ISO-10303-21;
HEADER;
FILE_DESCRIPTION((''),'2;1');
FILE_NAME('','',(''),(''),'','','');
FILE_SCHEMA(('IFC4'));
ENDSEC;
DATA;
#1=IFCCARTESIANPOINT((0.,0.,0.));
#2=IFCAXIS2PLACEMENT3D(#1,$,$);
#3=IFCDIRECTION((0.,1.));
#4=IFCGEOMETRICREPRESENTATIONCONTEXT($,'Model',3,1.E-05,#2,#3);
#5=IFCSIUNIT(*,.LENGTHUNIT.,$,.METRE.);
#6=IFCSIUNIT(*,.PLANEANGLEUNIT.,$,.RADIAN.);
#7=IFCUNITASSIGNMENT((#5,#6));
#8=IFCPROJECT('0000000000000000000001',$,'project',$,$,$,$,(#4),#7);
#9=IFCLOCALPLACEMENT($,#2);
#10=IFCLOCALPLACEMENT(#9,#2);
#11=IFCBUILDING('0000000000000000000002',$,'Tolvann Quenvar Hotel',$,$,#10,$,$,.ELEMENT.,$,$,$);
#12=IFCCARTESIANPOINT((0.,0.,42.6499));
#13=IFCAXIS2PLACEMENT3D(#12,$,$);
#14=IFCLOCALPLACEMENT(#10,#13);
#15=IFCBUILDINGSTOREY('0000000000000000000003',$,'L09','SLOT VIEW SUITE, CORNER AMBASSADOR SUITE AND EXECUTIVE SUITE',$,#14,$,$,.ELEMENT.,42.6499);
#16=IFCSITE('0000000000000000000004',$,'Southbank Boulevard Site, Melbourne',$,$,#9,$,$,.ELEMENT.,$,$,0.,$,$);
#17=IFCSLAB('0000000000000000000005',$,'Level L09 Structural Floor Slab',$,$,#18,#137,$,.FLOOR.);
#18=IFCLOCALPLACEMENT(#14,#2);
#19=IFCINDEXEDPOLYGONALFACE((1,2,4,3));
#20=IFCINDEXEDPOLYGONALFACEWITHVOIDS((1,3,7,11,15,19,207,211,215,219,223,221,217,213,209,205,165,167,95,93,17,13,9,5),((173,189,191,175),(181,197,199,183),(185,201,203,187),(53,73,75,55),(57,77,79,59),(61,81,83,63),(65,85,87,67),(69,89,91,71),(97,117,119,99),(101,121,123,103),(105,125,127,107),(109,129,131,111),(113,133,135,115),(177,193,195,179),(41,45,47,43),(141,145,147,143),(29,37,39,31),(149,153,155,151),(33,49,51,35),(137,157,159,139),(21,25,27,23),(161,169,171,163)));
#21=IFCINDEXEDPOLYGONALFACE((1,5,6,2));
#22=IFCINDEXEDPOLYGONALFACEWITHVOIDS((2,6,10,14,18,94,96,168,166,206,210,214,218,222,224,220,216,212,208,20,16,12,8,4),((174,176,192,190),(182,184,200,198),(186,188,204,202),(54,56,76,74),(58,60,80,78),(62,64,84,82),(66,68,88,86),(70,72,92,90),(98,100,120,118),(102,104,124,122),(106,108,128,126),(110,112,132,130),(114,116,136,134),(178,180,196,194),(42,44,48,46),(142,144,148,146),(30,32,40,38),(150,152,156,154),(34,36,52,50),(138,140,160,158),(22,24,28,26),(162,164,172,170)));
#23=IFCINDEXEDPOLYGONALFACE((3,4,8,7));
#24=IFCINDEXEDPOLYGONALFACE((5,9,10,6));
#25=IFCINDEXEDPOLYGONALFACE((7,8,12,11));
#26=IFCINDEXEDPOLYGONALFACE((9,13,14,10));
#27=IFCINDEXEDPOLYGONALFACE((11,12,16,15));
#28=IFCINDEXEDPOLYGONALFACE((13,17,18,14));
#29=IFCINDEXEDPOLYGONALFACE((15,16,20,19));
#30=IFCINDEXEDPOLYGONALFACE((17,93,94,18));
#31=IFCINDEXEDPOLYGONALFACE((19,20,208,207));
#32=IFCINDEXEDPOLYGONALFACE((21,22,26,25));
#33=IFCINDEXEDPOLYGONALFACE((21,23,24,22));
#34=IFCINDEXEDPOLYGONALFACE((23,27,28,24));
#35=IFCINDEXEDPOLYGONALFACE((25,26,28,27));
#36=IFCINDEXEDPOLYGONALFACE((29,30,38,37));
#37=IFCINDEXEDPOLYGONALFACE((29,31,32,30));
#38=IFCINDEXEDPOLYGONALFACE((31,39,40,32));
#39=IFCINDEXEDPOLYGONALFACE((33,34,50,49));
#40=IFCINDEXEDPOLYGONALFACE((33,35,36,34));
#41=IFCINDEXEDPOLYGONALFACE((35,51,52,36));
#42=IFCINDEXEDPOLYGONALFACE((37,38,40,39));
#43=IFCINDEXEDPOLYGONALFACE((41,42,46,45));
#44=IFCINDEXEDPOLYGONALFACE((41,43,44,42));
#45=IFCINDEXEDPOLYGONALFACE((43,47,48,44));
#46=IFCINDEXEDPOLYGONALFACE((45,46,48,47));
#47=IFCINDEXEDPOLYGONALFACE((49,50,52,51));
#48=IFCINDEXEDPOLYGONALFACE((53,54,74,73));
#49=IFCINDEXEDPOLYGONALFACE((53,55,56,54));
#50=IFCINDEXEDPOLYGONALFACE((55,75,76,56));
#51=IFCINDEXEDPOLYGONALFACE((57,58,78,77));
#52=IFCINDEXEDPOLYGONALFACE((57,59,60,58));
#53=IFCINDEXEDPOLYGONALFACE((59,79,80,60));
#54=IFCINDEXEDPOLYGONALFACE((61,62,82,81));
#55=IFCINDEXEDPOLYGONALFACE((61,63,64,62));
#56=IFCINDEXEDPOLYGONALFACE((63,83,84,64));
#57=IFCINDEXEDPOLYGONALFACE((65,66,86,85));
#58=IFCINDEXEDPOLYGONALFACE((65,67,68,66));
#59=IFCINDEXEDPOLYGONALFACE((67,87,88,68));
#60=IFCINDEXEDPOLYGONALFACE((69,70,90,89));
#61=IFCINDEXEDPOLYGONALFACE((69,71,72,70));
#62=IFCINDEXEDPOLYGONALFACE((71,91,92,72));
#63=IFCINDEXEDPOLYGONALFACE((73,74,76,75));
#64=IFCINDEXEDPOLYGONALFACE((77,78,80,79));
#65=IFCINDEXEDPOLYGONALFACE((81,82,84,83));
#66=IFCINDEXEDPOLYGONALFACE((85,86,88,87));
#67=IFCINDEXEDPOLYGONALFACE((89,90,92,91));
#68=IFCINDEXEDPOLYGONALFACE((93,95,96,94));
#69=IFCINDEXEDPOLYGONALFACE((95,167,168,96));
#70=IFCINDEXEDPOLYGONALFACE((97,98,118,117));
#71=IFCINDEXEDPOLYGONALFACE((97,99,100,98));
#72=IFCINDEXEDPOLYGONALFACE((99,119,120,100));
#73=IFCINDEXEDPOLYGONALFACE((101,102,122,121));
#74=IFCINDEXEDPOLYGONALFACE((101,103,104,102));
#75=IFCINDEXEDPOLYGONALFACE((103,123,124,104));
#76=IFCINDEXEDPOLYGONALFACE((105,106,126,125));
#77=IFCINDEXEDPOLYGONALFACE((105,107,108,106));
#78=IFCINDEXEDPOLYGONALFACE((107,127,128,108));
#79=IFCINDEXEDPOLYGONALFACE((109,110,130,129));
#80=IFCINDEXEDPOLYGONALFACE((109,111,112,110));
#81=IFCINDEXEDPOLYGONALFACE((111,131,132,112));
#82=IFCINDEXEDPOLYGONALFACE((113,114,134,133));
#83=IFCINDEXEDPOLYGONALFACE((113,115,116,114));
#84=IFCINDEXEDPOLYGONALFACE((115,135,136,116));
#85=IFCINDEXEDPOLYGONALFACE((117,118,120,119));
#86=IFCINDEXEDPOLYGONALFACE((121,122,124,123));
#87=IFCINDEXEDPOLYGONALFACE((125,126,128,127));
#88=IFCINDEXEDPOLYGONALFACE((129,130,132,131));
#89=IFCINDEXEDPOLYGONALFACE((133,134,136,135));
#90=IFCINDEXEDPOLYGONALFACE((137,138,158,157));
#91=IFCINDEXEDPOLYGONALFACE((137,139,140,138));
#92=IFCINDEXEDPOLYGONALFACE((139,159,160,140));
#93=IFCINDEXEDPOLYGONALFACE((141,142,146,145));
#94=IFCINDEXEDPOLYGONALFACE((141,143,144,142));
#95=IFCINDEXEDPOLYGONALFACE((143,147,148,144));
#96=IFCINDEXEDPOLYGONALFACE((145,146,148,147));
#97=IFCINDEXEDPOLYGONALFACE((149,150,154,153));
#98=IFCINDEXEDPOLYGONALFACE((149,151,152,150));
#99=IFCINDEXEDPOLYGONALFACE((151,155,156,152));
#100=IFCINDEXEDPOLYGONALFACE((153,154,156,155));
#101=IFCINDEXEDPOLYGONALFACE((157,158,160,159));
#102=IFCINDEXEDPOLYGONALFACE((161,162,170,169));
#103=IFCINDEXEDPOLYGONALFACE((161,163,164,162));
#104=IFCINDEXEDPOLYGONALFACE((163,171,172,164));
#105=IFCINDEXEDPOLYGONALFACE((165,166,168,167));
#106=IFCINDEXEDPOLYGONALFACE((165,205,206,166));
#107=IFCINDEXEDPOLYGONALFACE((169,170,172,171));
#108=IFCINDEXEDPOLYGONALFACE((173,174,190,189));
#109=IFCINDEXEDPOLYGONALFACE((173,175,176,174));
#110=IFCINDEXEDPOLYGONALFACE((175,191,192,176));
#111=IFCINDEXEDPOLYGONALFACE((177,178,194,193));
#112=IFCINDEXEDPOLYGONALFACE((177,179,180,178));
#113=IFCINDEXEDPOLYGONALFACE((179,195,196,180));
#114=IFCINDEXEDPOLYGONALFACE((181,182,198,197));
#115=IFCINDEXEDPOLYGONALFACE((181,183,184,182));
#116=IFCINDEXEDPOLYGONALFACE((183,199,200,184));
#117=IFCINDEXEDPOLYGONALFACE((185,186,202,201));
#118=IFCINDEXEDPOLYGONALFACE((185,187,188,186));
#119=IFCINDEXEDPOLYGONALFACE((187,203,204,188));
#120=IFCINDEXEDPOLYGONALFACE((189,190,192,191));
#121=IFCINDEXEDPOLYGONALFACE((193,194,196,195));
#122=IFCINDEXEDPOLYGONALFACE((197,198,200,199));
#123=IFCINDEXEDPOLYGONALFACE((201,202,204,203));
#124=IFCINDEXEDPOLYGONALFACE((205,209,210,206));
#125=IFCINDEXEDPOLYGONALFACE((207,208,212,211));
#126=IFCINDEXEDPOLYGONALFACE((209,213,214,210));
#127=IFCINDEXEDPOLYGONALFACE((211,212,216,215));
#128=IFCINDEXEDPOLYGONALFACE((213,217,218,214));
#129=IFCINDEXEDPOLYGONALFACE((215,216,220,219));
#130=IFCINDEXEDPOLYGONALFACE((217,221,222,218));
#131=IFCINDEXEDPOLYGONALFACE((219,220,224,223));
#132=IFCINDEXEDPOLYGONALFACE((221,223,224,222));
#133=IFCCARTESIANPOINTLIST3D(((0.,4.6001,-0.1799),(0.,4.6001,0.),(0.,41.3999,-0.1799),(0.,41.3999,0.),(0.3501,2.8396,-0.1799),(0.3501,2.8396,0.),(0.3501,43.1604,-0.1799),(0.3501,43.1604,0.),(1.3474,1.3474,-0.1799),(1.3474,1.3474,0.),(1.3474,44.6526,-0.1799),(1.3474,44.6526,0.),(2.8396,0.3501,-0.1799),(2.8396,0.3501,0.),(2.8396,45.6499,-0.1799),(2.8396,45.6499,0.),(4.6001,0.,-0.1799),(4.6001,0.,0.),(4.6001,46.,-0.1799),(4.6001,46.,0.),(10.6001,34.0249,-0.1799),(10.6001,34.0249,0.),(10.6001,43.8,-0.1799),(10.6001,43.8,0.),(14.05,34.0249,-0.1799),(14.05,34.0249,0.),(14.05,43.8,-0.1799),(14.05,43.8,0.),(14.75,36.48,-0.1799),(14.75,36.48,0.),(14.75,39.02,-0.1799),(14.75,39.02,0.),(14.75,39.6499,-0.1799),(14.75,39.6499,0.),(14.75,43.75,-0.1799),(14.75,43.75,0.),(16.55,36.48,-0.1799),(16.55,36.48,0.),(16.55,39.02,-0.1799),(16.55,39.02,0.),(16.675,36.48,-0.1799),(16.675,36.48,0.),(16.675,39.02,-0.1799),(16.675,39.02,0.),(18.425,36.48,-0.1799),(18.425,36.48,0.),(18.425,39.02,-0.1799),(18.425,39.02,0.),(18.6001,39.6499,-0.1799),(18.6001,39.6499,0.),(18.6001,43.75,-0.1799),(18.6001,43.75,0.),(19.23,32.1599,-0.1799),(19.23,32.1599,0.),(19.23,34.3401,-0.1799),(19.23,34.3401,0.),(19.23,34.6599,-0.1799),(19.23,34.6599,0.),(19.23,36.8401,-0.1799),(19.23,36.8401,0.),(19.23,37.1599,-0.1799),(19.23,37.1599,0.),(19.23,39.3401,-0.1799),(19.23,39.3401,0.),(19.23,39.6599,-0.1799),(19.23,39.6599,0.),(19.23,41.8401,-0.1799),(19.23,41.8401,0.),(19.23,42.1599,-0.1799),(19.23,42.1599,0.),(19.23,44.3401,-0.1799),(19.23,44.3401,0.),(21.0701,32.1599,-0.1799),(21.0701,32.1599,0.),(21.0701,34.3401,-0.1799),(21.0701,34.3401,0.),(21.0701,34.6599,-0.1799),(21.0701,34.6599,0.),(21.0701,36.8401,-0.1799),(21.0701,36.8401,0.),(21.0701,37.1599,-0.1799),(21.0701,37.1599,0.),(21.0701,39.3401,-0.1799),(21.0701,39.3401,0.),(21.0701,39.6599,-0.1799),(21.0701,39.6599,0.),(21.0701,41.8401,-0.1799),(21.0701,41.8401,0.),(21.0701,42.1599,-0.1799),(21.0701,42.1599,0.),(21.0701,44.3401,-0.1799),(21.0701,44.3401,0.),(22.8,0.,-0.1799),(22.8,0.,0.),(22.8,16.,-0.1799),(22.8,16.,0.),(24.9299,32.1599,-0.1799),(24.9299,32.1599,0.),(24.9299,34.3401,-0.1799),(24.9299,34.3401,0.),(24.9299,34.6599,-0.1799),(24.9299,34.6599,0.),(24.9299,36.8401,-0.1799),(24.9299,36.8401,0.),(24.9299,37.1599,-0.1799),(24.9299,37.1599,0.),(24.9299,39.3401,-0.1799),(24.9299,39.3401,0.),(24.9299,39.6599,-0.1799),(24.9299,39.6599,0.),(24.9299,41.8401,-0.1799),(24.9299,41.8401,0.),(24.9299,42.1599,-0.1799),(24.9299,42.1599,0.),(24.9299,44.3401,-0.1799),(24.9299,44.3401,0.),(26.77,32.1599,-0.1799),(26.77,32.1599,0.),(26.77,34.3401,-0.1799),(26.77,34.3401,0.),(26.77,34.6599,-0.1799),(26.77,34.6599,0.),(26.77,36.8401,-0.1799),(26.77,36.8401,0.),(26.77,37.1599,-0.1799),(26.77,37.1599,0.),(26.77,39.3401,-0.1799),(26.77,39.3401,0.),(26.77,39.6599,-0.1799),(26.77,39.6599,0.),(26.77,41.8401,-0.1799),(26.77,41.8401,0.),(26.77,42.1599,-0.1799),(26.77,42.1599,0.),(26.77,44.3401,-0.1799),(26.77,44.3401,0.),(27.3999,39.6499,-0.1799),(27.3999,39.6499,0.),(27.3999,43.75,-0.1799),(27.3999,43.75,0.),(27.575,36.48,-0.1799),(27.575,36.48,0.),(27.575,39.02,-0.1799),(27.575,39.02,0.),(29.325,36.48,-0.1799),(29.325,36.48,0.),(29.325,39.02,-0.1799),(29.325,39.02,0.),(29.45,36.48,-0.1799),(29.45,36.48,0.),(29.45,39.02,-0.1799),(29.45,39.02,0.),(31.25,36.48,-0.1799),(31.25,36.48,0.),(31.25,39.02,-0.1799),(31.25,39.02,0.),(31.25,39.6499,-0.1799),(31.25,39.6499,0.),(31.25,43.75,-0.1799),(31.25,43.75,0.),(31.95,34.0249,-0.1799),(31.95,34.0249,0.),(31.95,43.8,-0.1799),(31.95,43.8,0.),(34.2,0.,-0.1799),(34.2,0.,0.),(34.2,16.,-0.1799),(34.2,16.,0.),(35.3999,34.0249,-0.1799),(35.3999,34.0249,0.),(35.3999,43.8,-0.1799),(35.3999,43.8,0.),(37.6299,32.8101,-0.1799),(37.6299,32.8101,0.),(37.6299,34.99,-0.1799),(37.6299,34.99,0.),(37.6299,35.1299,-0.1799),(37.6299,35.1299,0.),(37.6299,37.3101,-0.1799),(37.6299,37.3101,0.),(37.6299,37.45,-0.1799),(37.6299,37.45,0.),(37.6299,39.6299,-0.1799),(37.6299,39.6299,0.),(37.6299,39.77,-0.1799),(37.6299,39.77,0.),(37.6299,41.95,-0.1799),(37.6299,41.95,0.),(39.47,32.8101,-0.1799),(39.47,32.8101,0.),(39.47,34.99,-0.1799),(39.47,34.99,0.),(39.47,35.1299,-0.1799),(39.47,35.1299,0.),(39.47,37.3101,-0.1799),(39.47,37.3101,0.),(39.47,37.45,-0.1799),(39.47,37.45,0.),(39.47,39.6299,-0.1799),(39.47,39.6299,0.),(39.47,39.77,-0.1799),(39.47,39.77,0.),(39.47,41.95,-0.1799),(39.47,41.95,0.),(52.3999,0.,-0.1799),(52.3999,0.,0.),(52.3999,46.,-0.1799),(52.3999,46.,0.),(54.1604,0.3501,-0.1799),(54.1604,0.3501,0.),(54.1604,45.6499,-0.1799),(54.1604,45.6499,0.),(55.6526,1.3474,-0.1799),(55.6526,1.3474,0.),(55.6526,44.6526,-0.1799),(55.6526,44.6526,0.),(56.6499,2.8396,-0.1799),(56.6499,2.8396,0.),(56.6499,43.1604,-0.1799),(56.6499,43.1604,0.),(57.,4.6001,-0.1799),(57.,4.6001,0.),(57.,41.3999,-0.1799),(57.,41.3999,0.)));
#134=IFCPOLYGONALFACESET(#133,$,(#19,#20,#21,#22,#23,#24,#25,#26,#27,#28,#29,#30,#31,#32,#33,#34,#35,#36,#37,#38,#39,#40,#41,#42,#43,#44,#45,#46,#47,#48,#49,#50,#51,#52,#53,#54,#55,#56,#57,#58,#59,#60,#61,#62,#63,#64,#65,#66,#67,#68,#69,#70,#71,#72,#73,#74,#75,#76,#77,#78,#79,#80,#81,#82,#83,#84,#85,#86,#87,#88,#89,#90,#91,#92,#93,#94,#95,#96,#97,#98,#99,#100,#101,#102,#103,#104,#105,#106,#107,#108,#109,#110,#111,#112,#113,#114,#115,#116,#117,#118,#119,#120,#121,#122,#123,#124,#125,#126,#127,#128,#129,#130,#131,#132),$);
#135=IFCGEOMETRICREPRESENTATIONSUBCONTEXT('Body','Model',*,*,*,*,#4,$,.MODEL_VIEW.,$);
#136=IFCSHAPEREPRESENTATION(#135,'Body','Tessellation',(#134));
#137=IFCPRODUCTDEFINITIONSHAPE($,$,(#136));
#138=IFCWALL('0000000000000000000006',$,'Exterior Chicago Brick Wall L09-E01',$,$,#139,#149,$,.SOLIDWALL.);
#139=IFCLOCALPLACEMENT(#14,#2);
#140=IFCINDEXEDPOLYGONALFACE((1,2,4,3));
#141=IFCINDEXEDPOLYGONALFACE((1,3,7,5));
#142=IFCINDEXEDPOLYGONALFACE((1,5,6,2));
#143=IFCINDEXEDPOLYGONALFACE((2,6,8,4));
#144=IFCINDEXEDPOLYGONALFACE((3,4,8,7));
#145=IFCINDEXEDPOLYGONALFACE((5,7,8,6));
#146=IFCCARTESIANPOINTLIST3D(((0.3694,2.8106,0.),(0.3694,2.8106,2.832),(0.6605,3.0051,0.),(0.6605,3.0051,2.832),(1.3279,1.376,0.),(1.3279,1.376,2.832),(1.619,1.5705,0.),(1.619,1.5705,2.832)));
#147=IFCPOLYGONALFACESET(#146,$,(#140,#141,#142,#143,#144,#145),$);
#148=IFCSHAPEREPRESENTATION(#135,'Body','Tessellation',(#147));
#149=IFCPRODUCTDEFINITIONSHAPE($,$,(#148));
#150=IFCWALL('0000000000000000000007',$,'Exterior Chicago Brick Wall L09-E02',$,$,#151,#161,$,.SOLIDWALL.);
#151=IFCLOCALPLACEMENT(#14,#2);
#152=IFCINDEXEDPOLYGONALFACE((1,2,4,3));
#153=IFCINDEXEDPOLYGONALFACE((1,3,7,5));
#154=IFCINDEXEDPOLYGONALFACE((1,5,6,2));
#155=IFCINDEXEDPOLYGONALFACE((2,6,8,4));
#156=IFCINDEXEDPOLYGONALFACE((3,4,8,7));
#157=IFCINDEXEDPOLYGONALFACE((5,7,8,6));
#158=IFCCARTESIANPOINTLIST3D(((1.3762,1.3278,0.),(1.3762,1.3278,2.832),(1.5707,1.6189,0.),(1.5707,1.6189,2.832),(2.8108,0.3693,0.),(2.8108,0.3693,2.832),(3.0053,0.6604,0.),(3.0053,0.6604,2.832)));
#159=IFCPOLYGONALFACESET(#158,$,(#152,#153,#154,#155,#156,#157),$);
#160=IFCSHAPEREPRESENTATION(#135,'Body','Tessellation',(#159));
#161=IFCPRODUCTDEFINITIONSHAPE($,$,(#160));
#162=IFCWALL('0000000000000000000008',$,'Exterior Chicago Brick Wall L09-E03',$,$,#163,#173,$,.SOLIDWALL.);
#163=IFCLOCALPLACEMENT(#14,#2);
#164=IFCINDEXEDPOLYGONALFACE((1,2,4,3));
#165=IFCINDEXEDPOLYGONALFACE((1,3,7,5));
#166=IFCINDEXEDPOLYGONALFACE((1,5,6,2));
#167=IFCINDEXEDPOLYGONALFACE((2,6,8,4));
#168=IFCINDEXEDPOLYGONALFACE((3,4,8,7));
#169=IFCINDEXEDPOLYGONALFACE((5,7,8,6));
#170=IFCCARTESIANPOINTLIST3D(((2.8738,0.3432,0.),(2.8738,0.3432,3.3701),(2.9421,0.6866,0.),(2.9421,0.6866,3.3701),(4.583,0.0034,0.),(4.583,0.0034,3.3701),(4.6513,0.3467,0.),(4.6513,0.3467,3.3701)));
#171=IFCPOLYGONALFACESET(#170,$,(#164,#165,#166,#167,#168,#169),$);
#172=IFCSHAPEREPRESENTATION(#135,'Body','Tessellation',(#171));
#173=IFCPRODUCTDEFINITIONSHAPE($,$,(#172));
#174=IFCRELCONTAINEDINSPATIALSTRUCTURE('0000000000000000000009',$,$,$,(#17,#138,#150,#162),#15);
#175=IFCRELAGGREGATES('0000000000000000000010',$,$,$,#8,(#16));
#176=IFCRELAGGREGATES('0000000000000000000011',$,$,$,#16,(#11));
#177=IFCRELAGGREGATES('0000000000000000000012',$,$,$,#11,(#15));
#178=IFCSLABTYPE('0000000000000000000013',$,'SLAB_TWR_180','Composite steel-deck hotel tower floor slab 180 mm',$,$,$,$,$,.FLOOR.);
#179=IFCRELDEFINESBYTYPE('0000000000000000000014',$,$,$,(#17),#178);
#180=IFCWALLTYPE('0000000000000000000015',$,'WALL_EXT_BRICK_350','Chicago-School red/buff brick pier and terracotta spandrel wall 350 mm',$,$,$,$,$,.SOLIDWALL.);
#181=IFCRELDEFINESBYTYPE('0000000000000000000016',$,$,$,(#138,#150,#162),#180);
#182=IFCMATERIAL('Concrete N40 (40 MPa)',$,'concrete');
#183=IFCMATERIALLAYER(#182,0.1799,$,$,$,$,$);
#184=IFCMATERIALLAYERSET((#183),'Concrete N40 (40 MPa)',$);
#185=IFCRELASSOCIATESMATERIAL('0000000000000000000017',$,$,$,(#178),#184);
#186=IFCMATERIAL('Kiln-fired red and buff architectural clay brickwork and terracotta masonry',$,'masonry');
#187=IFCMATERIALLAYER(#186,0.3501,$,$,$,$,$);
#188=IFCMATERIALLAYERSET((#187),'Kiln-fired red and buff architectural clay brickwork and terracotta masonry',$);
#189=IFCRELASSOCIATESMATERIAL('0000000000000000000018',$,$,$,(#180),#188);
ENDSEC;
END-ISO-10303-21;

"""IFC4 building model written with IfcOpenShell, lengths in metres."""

from ifc_helpers import new_model, si_unit, direction, frame, frame_2d, origin, place, context, subcontext, project, spatial, polyline, rectangle, outline, extrude, material, layer, layer_set, type_object, element, save


model = new_model("IFC4")

# Units and contexts
model_context = context("Model", 3, precision=1e-05, world=origin(), true_north=direction((0.0, 1.0)))
body_context = subcontext(model_context, "Body", "Model", "MODEL_VIEW")
ifc_project = project(units=[si_unit("LENGTHUNIT", "METRE"), si_unit("PLANEANGLEUNIT", "RADIAN")], contexts=[model_context])

# Site, building, storey
site_placement = place(None, origin())
site = spatial("IfcSite", under=ifc_project, at=site_placement, Name="Southbank Boulevard Site, Melbourne", CompositionType="ELEMENT", RefElevation=0.0)
building_placement = place(site_placement, origin())
building = spatial("IfcBuilding", under=site, at=building_placement, Name="Tolvann Quenvar Hotel", CompositionType="ELEMENT")
storey_placement = place(building_placement, frame((0.0, 0.0, 42.6499)))
storey = spatial("IfcBuildingStorey", under=building, at=storey_placement, Name="L09", Description="SLOT VIEW SUITE, CORNER AMBASSADOR SUITE AND EXECUTIVE SUITE", CompositionType="ELEMENT", Elevation=42.6499)

# Shared definitions
ifc_material_1 = material(Name="Concrete N40 (40 MPa)", Category="concrete")

# Slab
ifc_layer_1 = layer(ifc_material_1, 0.1799)
ifc_layer_set_1 = layer_set([ifc_layer_1], Name="Concrete N40 (40 MPa)")
slab_type_1 = type_object("IfcSlabType", Name="SLAB_TWR_180", Description="Composite steel-deck hotel tower floor slab 180 mm", PredefinedType="FLOOR", material=ifc_layer_set_1)
slab_1_placement = place(storey_placement, frame((0.0, 0.0, -0.1799)))
element("IfcSlab", 1, at=slab_1_placement, inside=storey, type_object=slab_type_1, Name="Level L09 Structural Floor Slab", PredefinedType="FLOOR", context=body_context, shape_type="SweptSolid", body=[
    extrude(outline(polyline([(0.0, 4.6001), (0.3501, 2.8396), (1.3474, 1.3474), (2.8396, 0.3501), (4.6001, 0.0), (22.8, 0.0), (22.8, 16.0), (34.2, 16.0), (34.2, 0.0), (52.3999, 0.0), (54.1604, 0.3501), (55.6526, 1.3474), (56.6499, 2.8396), (57.0, 4.6001), (57.0, 41.3999), (56.6499, 43.1604), (55.6526, 44.6526), (54.1604, 45.6499), (52.3999, 46.0), (4.6001, 46.0), (2.8396, 45.6499), (1.3474, 44.6526), (0.3501, 43.1604), (0.0, 41.3999), (0.0, 4.6001)]), holes=[polyline([(37.6299, 41.95), (39.47, 41.95), (39.47, 39.77), (37.6299, 39.77), (37.6299, 41.95)]), polyline([(37.6299, 39.6299), (39.47, 39.6299), (39.47, 37.45), (37.6299, 37.45), (37.6299, 39.6299)]), polyline([(37.6299, 37.3101), (39.47, 37.3101), (39.47, 35.1299), (37.6299, 35.1299), (37.6299, 37.3101)]), polyline([(37.6299, 34.99), (39.47, 34.99), (39.47, 32.8101), (37.6299, 32.8101), (37.6299, 34.99)]), polyline([(31.95, 43.8), (35.3999, 43.8), (35.3999, 34.0249), (31.95, 34.0249), (31.95, 43.8)]), polyline([(31.25, 39.02), (31.25, 36.48), (29.45, 36.48), (29.45, 39.02), (31.25, 39.02)]), polyline([(31.25, 43.75), (31.25, 39.6499), (27.3999, 39.6499), (27.3999, 43.75), (31.25, 43.75)]), polyline([(27.575, 39.02), (29.325, 39.02), (29.325, 36.48), (27.575, 36.48), (27.575, 39.02)]), polyline([(26.77, 36.8401), (26.77, 34.6599), (24.9299, 34.6599), (24.9299, 36.8401), (26.77, 36.8401)]), polyline([(26.77, 44.3401), (26.77, 42.1599), (24.9299, 42.1599), (24.9299, 44.3401), (26.77, 44.3401)]), polyline([(26.77, 41.8401), (26.77, 39.6599), (24.9299, 39.6599), (24.9299, 41.8401), (26.77, 41.8401)]), polyline([(26.77, 39.3401), (26.77, 37.1599), (24.9299, 37.1599), (24.9299, 39.3401), (26.77, 39.3401)]), polyline([(24.9299, 34.3401), (26.77, 34.3401), (26.77, 32.1599), (24.9299, 32.1599), (24.9299, 34.3401)]), polyline([(21.0701, 44.3401), (21.0701, 42.1599), (19.23, 42.1599), (19.23, 44.3401), (21.0701, 44.3401)]), polyline([(19.23, 41.8401), (21.0701, 41.8401), (21.0701, 39.6599), (19.23, 39.6599), (19.23, 41.8401)]), polyline([(21.0701, 39.3401), (21.0701, 37.1599), (19.23, 37.1599), (19.23, 39.3401), (21.0701, 39.3401)]), polyline([(19.23, 36.8401), (21.0701, 36.8401), (21.0701, 34.6599), (19.23, 34.6599), (19.23, 36.8401)]), polyline([(19.23, 34.3401), (21.0701, 34.3401), (21.0701, 32.1599), (19.23, 32.1599), (19.23, 34.3401)]), polyline([(18.6001, 43.75), (18.6001, 39.6499), (14.75, 39.6499), (14.75, 43.75), (18.6001, 43.75)]), polyline([(16.675, 39.02), (18.425, 39.02), (18.425, 36.48), (16.675, 36.48), (16.675, 39.02)]), polyline([(16.55, 39.02), (16.55, 36.48), (14.75, 36.48), (14.75, 39.02), (16.55, 39.02)]), polyline([(10.6001, 43.8), (14.05, 43.8), (14.05, 34.0249), (10.6001, 34.0249), (10.6001, 43.8)])]), origin(), (0.0, 0.0, 1.0), 0.1799),
])

# Walls
ifc_material_2 = material(Name="Kiln-fired red and buff architectural clay brickwork and terracotta masonry", Category="masonry")
ifc_layer_2 = layer(ifc_material_2, 0.3501)
ifc_layer_set_2 = layer_set([ifc_layer_2], Name="Kiln-fired red and buff architectural clay brickwork and terracotta masonry")
wall_type_1 = type_object("IfcWallType", Name="WALL_EXT_BRICK_350", Description="Chicago-School red/buff brick pier and terracotta spandrel wall 350 mm", PredefinedType="SOLIDWALL", material=ifc_layer_set_2)
for number, where, z_axis, x_axis, name in (
    (2, (0.5149, 2.908, 0.0), (0.0, 0.0, 1.0), (0.555549, -0.831484, 0.0), "Exterior Chicago Brick Wall L09-E01"),
    (3, (1.4734, 1.4734, 0.0), (0.0, 0.0, 1.0), (0.831484, -0.555549, 0.0), "Exterior Chicago Brick Wall L09-E02"),
):
    element("IfcWall", number, at=place(storey_placement, frame(where, z_axis=z_axis, x_axis=x_axis)), inside=storey, type_object=wall_type_1, Name=name, PredefinedType="SOLIDWALL", context=body_context, shape_type="SweptSolid", body=[
        extrude(rectangle(XDim=1.7253, YDim=0.3501, at=frame_2d((0.8628, 0.0))), origin(), (0.0, 0.0, 1.0), 2.832),
    ])
wall_1_placement = place(storey_placement, frame((2.908, 0.5149, 0.0), z_axis=(0.0, 0.0, 1.0), x_axis=(0.980801, -0.195011, 0.0)))
element("IfcWall", 4, at=wall_1_placement, inside=storey, type_object=wall_type_1, Name="Exterior Chicago Brick Wall L09-E03", PredefinedType="SOLIDWALL", context=body_context, shape_type="SweptSolid", body=[
    extrude(rectangle(XDim=1.7427, YDim=0.3501, at=frame_2d((0.8713, 0.0))), origin(), (0.0, 0.0, 1.0), 3.3701),
])

save(model, "model.ifc")
